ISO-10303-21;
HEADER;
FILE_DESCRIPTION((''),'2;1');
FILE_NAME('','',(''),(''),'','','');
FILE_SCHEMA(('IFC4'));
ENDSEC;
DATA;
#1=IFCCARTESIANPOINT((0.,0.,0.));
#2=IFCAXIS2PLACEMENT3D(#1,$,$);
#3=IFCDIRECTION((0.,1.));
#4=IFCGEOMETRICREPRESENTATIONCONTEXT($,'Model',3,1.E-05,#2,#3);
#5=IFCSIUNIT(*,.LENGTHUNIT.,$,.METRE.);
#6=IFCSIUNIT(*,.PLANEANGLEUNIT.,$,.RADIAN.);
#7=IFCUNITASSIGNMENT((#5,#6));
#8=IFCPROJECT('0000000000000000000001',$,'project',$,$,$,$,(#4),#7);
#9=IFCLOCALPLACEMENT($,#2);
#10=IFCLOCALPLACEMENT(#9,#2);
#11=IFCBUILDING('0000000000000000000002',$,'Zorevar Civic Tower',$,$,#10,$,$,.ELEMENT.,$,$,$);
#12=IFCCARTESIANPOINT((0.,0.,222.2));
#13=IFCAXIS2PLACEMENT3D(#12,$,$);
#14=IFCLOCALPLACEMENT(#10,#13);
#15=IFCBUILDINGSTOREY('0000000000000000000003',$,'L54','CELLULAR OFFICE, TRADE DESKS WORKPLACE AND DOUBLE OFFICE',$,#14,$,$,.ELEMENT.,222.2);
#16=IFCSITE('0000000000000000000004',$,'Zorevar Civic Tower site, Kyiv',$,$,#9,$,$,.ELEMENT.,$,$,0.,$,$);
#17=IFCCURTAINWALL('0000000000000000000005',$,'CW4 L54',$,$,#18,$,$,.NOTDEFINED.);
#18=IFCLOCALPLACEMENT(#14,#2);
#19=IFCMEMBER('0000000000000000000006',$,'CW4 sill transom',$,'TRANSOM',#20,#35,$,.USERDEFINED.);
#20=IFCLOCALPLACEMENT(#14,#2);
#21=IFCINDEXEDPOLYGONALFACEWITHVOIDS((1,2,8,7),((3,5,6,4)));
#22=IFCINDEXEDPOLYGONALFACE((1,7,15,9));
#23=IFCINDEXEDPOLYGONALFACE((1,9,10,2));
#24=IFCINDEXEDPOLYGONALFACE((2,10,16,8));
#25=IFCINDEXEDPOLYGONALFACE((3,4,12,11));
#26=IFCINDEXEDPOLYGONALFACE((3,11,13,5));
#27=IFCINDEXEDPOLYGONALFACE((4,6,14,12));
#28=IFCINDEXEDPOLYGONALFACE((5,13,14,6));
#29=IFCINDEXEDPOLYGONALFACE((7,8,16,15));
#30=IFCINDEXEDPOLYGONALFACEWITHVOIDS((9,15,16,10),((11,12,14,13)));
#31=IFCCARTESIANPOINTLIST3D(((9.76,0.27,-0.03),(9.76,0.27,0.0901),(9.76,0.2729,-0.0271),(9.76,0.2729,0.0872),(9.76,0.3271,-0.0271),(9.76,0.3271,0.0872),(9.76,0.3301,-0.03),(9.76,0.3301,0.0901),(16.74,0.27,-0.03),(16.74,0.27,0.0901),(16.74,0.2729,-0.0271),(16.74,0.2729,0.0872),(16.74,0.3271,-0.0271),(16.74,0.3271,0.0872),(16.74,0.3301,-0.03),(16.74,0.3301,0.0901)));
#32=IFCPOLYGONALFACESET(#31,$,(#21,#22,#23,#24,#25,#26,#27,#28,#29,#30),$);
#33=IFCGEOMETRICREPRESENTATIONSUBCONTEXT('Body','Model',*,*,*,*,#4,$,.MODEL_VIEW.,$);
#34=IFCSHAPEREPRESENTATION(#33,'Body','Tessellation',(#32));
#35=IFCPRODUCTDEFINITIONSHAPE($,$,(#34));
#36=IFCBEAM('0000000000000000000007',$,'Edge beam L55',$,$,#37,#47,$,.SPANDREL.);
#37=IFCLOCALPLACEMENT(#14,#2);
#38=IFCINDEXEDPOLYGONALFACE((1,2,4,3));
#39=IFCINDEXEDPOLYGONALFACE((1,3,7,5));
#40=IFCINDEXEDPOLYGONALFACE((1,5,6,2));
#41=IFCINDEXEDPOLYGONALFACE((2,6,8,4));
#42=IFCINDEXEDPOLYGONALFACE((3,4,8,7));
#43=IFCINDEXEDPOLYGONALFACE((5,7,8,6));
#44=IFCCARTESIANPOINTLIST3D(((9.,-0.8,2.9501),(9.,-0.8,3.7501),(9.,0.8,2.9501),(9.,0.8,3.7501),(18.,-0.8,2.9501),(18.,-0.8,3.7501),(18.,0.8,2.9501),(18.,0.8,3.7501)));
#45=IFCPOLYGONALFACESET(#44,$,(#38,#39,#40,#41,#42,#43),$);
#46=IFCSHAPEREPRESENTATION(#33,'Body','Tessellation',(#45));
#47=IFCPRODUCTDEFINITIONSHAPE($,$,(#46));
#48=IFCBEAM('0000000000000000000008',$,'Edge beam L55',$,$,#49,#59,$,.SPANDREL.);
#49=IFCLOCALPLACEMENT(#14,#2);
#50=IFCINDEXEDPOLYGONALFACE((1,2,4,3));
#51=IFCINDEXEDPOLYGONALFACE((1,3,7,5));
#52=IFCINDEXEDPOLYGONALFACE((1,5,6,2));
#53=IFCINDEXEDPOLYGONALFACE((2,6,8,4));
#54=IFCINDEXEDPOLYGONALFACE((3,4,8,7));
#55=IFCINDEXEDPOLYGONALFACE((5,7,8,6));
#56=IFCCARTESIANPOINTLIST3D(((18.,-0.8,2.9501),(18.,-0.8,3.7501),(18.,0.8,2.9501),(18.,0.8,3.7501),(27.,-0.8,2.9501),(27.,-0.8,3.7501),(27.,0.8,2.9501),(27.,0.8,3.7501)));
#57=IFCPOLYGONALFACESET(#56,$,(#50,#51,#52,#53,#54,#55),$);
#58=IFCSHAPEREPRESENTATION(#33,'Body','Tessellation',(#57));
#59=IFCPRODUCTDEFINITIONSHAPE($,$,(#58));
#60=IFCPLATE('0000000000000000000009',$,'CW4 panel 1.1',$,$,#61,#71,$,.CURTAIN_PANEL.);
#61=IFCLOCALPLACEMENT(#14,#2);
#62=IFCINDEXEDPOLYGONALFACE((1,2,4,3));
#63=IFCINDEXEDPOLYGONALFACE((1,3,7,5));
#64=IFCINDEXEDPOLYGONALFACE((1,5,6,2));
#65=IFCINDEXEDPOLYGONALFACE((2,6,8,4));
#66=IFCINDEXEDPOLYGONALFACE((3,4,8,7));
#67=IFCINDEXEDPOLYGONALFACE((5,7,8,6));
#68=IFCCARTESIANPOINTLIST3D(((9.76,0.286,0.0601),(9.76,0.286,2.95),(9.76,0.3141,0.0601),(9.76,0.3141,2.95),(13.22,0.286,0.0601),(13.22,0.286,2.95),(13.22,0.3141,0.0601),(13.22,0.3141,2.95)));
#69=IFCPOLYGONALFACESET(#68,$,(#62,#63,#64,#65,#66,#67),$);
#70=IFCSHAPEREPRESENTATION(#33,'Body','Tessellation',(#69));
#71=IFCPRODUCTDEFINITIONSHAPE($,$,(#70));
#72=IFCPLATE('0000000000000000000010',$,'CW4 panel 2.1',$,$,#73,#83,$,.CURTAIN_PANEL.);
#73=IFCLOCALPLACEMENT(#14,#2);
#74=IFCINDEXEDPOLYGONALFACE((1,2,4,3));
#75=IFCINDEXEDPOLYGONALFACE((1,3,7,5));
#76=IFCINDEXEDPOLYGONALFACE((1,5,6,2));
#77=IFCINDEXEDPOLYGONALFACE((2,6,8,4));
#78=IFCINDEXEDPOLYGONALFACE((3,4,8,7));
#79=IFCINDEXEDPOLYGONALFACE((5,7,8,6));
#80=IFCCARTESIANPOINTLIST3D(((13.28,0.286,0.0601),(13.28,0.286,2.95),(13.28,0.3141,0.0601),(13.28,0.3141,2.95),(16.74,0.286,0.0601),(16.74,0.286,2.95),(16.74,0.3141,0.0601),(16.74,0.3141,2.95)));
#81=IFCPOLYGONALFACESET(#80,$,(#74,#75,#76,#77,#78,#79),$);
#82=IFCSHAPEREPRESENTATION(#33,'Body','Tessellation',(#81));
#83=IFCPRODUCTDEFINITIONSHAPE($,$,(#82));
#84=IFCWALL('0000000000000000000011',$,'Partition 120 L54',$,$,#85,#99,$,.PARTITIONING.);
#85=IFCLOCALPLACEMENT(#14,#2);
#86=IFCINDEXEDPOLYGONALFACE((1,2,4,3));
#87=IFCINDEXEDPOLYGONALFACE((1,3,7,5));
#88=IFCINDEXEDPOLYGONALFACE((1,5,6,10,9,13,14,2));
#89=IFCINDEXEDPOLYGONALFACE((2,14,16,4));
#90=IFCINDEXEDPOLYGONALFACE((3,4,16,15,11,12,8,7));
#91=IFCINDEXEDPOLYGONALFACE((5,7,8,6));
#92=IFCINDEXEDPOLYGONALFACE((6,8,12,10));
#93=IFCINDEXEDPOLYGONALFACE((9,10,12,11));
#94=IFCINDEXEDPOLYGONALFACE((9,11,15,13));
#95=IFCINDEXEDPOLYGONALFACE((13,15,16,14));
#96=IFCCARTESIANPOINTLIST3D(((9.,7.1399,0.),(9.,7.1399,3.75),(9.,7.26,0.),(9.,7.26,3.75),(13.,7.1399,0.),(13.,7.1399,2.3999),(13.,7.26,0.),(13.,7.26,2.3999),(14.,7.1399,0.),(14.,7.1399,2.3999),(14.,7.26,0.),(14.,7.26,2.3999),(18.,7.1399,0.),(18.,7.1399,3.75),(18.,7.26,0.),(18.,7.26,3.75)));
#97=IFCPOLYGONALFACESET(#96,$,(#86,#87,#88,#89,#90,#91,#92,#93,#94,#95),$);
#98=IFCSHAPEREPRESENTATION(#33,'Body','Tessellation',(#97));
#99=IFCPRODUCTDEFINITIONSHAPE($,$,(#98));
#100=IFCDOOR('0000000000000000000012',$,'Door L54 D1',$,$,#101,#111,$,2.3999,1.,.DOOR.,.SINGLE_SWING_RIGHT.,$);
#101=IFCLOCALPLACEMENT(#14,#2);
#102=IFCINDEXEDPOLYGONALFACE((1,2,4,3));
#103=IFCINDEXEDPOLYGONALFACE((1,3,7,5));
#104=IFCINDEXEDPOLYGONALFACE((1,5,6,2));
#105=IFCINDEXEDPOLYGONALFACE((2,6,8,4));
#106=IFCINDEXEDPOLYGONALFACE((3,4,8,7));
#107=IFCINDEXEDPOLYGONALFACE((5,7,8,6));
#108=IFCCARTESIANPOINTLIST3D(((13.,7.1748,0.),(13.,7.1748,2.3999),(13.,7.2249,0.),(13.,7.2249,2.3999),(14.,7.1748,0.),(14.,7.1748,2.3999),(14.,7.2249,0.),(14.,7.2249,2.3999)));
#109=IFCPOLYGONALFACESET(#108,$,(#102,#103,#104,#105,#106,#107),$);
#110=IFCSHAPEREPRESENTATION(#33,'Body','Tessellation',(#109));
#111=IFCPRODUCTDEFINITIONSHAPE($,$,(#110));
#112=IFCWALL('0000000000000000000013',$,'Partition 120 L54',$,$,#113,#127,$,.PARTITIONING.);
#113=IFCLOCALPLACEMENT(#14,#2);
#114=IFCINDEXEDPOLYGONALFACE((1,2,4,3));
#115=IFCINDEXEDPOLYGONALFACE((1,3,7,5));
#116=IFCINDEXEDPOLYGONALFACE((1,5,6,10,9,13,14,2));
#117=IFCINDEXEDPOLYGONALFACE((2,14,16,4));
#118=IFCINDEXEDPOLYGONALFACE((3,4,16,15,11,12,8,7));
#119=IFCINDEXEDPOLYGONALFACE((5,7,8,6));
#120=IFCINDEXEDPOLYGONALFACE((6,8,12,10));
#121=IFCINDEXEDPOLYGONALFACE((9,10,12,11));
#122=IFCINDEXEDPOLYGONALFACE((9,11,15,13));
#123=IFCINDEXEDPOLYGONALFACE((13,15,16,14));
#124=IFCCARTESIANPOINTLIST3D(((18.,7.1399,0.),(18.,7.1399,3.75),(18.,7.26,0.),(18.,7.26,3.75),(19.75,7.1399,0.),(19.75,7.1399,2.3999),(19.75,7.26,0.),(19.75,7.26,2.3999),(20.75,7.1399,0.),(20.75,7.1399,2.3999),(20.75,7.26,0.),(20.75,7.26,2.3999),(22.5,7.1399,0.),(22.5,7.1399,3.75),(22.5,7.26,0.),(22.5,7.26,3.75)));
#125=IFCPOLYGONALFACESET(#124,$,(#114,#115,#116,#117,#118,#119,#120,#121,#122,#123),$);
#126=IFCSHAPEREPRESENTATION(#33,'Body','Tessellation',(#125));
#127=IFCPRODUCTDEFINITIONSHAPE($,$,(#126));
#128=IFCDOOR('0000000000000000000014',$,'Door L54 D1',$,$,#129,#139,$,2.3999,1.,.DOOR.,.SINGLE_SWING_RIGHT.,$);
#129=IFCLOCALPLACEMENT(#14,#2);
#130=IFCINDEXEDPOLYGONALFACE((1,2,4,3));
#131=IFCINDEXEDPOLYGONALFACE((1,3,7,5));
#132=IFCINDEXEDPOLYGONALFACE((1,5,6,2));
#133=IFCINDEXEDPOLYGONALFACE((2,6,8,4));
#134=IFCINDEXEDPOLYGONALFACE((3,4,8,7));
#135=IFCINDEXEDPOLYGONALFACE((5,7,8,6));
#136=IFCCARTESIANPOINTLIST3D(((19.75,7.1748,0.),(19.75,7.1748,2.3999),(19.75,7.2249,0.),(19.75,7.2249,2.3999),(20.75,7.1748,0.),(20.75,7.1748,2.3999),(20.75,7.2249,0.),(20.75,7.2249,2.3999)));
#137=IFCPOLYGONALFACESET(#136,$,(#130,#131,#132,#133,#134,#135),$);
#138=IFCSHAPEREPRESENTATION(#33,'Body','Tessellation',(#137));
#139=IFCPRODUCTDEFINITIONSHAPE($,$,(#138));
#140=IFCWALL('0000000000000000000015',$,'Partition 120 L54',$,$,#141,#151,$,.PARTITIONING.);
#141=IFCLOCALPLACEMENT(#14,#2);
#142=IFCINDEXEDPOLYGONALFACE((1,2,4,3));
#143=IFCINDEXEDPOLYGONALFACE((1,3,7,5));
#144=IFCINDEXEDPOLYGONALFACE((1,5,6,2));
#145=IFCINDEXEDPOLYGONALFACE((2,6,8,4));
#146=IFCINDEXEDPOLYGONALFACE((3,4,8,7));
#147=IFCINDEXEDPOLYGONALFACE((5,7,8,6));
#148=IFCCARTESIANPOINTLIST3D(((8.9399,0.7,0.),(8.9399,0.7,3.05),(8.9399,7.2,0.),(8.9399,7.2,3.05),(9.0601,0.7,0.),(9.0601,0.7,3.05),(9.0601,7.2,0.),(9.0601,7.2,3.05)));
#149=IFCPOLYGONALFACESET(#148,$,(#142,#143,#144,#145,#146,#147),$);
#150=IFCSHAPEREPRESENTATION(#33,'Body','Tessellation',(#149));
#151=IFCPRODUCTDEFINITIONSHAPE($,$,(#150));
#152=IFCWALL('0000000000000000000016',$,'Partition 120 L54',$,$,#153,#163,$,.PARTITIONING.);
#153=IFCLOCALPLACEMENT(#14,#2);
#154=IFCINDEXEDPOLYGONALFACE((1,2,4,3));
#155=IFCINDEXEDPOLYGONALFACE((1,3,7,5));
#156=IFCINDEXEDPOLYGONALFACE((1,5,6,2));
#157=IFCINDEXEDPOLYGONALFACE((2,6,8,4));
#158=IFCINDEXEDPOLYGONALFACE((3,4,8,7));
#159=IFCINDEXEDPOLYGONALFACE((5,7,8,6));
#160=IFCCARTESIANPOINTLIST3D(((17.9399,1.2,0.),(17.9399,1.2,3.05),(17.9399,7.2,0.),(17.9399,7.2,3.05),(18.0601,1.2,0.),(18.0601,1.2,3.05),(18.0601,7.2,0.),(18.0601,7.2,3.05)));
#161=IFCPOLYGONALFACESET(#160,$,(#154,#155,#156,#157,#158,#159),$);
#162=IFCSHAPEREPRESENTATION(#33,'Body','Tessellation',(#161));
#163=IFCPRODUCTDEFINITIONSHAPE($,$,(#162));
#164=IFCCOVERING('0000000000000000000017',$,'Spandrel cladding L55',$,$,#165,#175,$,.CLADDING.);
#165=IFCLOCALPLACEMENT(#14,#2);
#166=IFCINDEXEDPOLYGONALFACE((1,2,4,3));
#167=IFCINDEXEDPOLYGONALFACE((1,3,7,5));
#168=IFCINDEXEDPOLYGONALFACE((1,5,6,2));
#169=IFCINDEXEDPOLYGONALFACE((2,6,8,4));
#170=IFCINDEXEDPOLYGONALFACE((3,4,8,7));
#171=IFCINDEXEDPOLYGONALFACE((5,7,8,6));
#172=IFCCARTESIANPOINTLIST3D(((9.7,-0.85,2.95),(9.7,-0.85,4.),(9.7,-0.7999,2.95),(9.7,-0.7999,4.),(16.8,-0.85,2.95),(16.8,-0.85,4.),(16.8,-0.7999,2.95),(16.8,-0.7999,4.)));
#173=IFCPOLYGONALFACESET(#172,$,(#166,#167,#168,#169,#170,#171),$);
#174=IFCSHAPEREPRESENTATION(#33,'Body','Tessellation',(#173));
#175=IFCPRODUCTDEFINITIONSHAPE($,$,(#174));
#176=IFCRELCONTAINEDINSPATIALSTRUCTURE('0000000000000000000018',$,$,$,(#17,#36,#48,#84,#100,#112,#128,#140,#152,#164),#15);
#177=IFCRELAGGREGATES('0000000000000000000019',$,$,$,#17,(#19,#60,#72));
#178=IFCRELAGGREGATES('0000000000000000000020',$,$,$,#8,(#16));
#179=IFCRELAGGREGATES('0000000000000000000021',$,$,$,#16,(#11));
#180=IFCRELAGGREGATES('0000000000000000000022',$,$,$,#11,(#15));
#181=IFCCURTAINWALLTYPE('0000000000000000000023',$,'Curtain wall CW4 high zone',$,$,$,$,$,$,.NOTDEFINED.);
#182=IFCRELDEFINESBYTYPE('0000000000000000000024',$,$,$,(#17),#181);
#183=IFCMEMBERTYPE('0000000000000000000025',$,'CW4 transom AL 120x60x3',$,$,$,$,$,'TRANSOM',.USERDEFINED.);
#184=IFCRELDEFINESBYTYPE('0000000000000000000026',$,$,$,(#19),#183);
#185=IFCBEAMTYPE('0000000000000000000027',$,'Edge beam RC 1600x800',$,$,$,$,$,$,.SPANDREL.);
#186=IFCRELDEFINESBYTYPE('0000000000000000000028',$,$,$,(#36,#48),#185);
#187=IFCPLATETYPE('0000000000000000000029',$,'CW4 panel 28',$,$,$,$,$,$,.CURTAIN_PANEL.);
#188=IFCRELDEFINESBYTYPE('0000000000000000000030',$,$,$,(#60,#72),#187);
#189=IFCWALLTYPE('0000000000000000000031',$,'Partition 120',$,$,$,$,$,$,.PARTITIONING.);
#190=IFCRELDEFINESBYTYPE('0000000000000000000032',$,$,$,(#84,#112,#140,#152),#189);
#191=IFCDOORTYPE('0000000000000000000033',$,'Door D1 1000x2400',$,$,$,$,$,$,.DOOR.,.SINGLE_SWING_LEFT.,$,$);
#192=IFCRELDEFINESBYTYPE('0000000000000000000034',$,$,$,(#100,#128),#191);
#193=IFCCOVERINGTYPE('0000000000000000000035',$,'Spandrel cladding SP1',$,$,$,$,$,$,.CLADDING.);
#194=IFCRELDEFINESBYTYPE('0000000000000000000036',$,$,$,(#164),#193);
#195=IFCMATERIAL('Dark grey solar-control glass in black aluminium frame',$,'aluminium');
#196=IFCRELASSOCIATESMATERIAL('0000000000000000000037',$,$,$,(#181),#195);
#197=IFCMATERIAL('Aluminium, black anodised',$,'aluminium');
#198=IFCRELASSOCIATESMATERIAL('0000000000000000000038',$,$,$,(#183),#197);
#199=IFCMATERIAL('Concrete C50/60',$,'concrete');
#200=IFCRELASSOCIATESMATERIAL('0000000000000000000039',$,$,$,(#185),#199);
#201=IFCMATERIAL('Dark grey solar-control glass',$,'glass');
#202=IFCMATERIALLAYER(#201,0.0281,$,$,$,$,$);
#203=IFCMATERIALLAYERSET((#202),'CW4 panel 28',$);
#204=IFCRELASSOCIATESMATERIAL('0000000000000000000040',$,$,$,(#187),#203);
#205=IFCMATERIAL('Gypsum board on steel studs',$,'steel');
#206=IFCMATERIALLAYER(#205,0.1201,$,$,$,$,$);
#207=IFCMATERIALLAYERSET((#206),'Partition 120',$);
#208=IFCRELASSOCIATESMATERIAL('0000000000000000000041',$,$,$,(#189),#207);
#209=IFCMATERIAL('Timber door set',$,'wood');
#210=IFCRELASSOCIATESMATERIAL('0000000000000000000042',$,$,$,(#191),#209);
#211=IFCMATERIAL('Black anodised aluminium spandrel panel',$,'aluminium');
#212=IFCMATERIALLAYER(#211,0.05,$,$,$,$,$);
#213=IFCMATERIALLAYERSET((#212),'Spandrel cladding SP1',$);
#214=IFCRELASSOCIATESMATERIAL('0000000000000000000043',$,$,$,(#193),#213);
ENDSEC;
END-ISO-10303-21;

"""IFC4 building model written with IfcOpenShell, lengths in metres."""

from ifc_helpers import new_model, si_unit, direction, frame, frame_2d, origin, origin_2d, place, context, subcontext, project, spatial, rectangle, hollow_rectangle, extrude, material, layer, layer_set, material_profile, profile_set, type_object, element, fill, aggregate, save


model = new_model("IFC4")

# Units and contexts
model_context = context("Model", 3, precision=1e-05, world=origin(), true_north=direction((0.0, 1.0)))
body_context = subcontext(model_context, "Body", "Model", "MODEL_VIEW")
ifc_project = project(units=[si_unit("LENGTHUNIT", "METRE"), si_unit("PLANEANGLEUNIT", "RADIAN")], contexts=[model_context])

# Site, building, storey
site_placement = place(None, origin())
site = spatial("IfcSite", under=ifc_project, at=site_placement, Name="Zorevar Civic Tower site, Kyiv", CompositionType="ELEMENT", RefElevation=0.0)
building_placement = place(site_placement, origin())
building = spatial("IfcBuilding", under=site, at=building_placement, Name="Zorevar Civic Tower", CompositionType="ELEMENT")
storey_placement = place(building_placement, frame((0.0, 0.0, 222.2)))
storey = spatial("IfcBuildingStorey", under=building, at=storey_placement, Name="L54", Description="CELLULAR OFFICE, TRADE DESKS WORKPLACE AND DOUBLE OFFICE", CompositionType="ELEMENT", Elevation=222.2)

# Curtain wall, member
ifc_material_1 = material(Name="Dark grey solar-control glass in black aluminium frame", Category="aluminium")
curtain_wall_type = type_object("IfcCurtainWallType", Name="Curtain wall CW4 high zone", PredefinedType="NOTDEFINED", material=ifc_material_1)
curtain_wall_placement = place(storey_placement, origin())
curtain_wall = element("IfcCurtainWall", 1, at=curtain_wall_placement, inside=storey, type_object=curtain_wall_type, Name="CW4 L54", PredefinedType="NOTDEFINED")
ifc_material_2 = material(Name="Aluminium, black anodised", Category="aluminium")
ifc_material_profile_1 = material_profile(ifc_material_2, hollow_rectangle(XDim=0.0601, YDim=0.1201, WallThickness=0.0029, at=origin_2d()), Name="AL 120x60x3")
ifc_profile_set_1 = profile_set([ifc_material_profile_1], Name="Aluminium, black anodised")
member_type_1 = type_object("IfcMemberType", Name="CW4 transom AL 120x60x3", ElementType="TRANSOM", PredefinedType="USERDEFINED", material=ifc_profile_set_1)
member_1_placement = place(storey_placement, frame((9.76, 0.3, 0.03), z_axis=(1.0, 0.0, 0.0), x_axis=(0.0, 1.0, 0.0)))
member_1 = element("IfcMember", 2, at=member_1_placement, type_object=member_type_1, Name="CW4 sill transom", ObjectType="TRANSOM", PredefinedType="USERDEFINED", context=body_context, shape_type="SweptSolid", body=[
    extrude(hollow_rectangle(XDim=0.0601, YDim=0.1201, WallThickness=0.0029, at=origin_2d()), origin(), (0.0, 0.0, 1.0), 6.98),
])

# Beams
ifc_material_3 = material(Name="Concrete C50/60", Category="concrete")
ifc_material_profile_2 = material_profile(ifc_material_3, rectangle(XDim=1.6001, YDim=0.8, at=origin_2d()), Name="RC 1600x800")
ifc_profile_set_2 = profile_set([ifc_material_profile_2], Name="Concrete C50/60")
beam_type_1 = type_object("IfcBeamType", Name="Edge beam RC 1600x800", PredefinedType="SPANDREL", material=ifc_profile_set_2)
for number, where, z_axis, x_axis, name in (
    (3, (9.0, 0.0, 3.3501), (1.0, 0.0, 0.0), (0.0, 1.0, 0.0), "Edge beam L55"),
    (4, (18.0, 0.0, 3.3501), (1.0, 0.0, 0.0), (0.0, 1.0, 0.0), "Edge beam L55"),
):
    element("IfcBeam", number, at=place(storey_placement, frame(where, z_axis=z_axis, x_axis=x_axis)), inside=storey, type_object=beam_type_1, Name=name, PredefinedType="SPANDREL", context=body_context, shape_type="SweptSolid", body=[
        extrude(rectangle(XDim=1.6001, YDim=0.8, at=origin_2d()), origin(), (0.0, 0.0, 1.0), 9.0),
    ])

# Plates
ifc_material_4 = material(Name="Dark grey solar-control glass", Category="glass")
ifc_layer_1 = layer(ifc_material_4, 0.0281)
ifc_layer_set_1 = layer_set([ifc_layer_1], Name="CW4 panel 28")
plate_type = type_object("IfcPlateType", Name="CW4 panel 28", PredefinedType="CURTAIN_PANEL", material=ifc_layer_set_1)
plate_1_placement = place(storey_placement, frame((11.49, 0.3, 0.0601), z_axis=(0.0, 0.0, 1.0), x_axis=(1.0, 0.0, 0.0)))
plate_1 = element("IfcPlate", 5, at=plate_1_placement, type_object=plate_type, Name="CW4 panel 1.1", PredefinedType="CURTAIN_PANEL", context=body_context, shape_type="SweptSolid", body=[
    extrude(rectangle(XDim=3.46, YDim=0.0281, at=origin_2d()), origin(), (0.0, 0.0, 1.0), 2.8899),
])
plate_2_placement = place(storey_placement, frame((15.01, 0.3, 0.0601), z_axis=(0.0, 0.0, 1.0), x_axis=(1.0, 0.0, 0.0)))
plate_2 = element("IfcPlate", 6, at=plate_2_placement, type_object=plate_type, Name="CW4 panel 2.1", PredefinedType="CURTAIN_PANEL", context=body_context, shape_type="SweptSolid", body=[
    extrude(rectangle(XDim=3.46, YDim=0.0281, at=origin_2d()), origin(), (0.0, 0.0, 1.0), 2.8899),
])
aggregate(curtain_wall, [member_1, plate_1, plate_2])

# Walls, openings, doors
ifc_material_5 = material(Name="Gypsum board on steel studs", Category="steel")
ifc_layer_2 = layer(ifc_material_5, 0.1201)
ifc_layer_set_2 = layer_set([ifc_layer_2], Name="Partition 120")
wall_type = type_object("IfcWallType", Name="Partition 120", PredefinedType="PARTITIONING", material=ifc_layer_set_2)
wall_1_placement = place(storey_placement, frame((9.0, 7.2, 0.0), z_axis=(0.0, 0.0, 1.0), x_axis=(1.0, 0.0, 0.0)))
wall_1 = element("IfcWall", 7, at=wall_1_placement, inside=storey, type_object=wall_type, Name="Partition 120 L54", PredefinedType="PARTITIONING", context=body_context, shape_type="SweptSolid", body=[
    extrude(rectangle(XDim=9.0, YDim=0.1201, at=frame_2d((4.5, 0.0))), origin(), (0.0, 0.0, 1.0), 3.75),
])
opening_1_placement = place(wall_1_placement, frame((4.0, 0.0, 0.0)))
opening_1 = element("IfcOpeningElement", 8, at=opening_1_placement, cuts=wall_1, PredefinedType="OPENING", context=body_context, shape_type="SweptSolid", body=[
    extrude(rectangle(XDim=1.0, YDim=2.3999, at=frame_2d((0.5, 1.2))), frame((0.0, 0.0701, 0.0), z_axis=(0.0, -1.0, 0.0), x_axis=(1.0, 0.0, 0.0)), (0.0, 0.0, 1.0), 0.1401),
])
ifc_material_6 = material(Name="Timber door set", Category="wood")
door_type = type_object("IfcDoorType", Name="Door D1 1000x2400", OperationType="SINGLE_SWING_LEFT", PredefinedType="DOOR", material=ifc_material_6)
door_1_placement = place(opening_1_placement, origin())
door_1 = element("IfcDoor", 9, at=door_1_placement, inside=storey, type_object=door_type, Name="Door L54 D1", OperationType="SINGLE_SWING_RIGHT", OverallHeight=2.3999, OverallWidth=1.0, PredefinedType="DOOR", context=body_context, shape_type="SweptSolid", body=[
    extrude(rectangle(XDim=1.0, YDim=2.3999, at=frame_2d((0.5, 1.2))), frame((0.0, 0.0249, 0.0), z_axis=(0.0, -1.0, 0.0), x_axis=(1.0, 0.0, 0.0)), (0.0, 0.0, 1.0), 0.05),
])
fill(opening_1, door_1)
wall_2_placement = place(storey_placement, frame((18.0, 7.2, 0.0), z_axis=(0.0, 0.0, 1.0), x_axis=(1.0, 0.0, 0.0)))
wall_2 = element("IfcWall", 10, at=wall_2_placement, inside=storey, type_object=wall_type, Name="Partition 120 L54", PredefinedType="PARTITIONING", context=body_context, shape_type="SweptSolid", body=[
    extrude(rectangle(XDim=4.5, YDim=0.1201, at=frame_2d((2.25, 0.0))), origin(), (0.0, 0.0, 1.0), 3.75),
])
opening_2_placement = place(wall_2_placement, frame((1.75, 0.0, 0.0)))
opening_2 = element("IfcOpeningElement", 11, at=opening_2_placement, cuts=wall_2, PredefinedType="OPENING", context=body_context, shape_type="SweptSolid", body=[
    extrude(rectangle(XDim=1.0, YDim=2.3999, at=frame_2d((0.5, 1.2))), frame((0.0, 0.0701, 0.0), z_axis=(0.0, -1.0, 0.0), x_axis=(1.0, 0.0, 0.0)), (0.0, 0.0, 1.0), 0.1401),
])
door_2_placement = place(opening_2_placement, origin())
door_2 = element("IfcDoor", 12, at=door_2_placement, inside=storey, type_object=door_type, Name="Door L54 D1", OperationType="SINGLE_SWING_RIGHT", OverallHeight=2.3999, OverallWidth=1.0, PredefinedType="DOOR", context=body_context, shape_type="SweptSolid", body=[
    extrude(rectangle(XDim=1.0, YDim=2.3999, at=frame_2d((0.5, 1.2))), frame((0.0, 0.0249, 0.0), z_axis=(0.0, -1.0, 0.0), x_axis=(1.0, 0.0, 0.0)), (0.0, 0.0, 1.0), 0.05),
])
fill(opening_2, door_2)

# Walls
wall_3_placement = place(storey_placement, frame((9.0, 0.7, 0.0), z_axis=(0.0, 0.0, 1.0), x_axis=(0.0, 1.0, 0.0)))
element("IfcWall", 13, at=wall_3_placement, inside=storey, type_object=wall_type, Name="Partition 120 L54", PredefinedType="PARTITIONING", context=body_context, shape_type="SweptSolid", body=[
    extrude(rectangle(XDim=6.5, YDim=0.1201, at=frame_2d((3.25, 0.0))), origin(), (0.0, 0.0, 1.0), 3.05),
])
wall_4_placement = place(storey_placement, frame((18.0, 1.2, 0.0), z_axis=(0.0, 0.0, 1.0), x_axis=(0.0, 1.0, 0.0)))
element("IfcWall", 14, at=wall_4_placement, inside=storey, type_object=wall_type, Name="Partition 120 L54", PredefinedType="PARTITIONING", context=body_context, shape_type="SweptSolid", body=[
    extrude(rectangle(XDim=6.0, YDim=0.1201, at=frame_2d((3.0, 0.0))), origin(), (0.0, 0.0, 1.0), 3.05),
])

# Covering
ifc_material_7 = material(Name="Black anodised aluminium spandrel panel", Category="aluminium")
ifc_layer_3 = layer(ifc_material_7, 0.05)
ifc_layer_set_3 = layer_set([ifc_layer_3], Name="Spandrel cladding SP1")
covering_type = type_object("IfcCoveringType", Name="Spandrel cladding SP1", PredefinedType="CLADDING", material=ifc_layer_set_3)
covering_1_placement = place(storey_placement, frame((9.7, -0.825, 2.95), z_axis=(0.0, 0.0, 1.0), x_axis=(1.0, 0.0, 0.0)))
element("IfcCovering", 15, at=covering_1_placement, inside=storey, type_object=covering_type, Name="Spandrel cladding L55", PredefinedType="CLADDING", context=body_context, shape_type="SweptSolid", body=[
    extrude(rectangle(XDim=7.1001, YDim=0.05, at=frame_2d((3.55, 0.0))), origin(), (0.0, 0.0, 1.0), 1.05),
])

save(model, "model.ifc")
